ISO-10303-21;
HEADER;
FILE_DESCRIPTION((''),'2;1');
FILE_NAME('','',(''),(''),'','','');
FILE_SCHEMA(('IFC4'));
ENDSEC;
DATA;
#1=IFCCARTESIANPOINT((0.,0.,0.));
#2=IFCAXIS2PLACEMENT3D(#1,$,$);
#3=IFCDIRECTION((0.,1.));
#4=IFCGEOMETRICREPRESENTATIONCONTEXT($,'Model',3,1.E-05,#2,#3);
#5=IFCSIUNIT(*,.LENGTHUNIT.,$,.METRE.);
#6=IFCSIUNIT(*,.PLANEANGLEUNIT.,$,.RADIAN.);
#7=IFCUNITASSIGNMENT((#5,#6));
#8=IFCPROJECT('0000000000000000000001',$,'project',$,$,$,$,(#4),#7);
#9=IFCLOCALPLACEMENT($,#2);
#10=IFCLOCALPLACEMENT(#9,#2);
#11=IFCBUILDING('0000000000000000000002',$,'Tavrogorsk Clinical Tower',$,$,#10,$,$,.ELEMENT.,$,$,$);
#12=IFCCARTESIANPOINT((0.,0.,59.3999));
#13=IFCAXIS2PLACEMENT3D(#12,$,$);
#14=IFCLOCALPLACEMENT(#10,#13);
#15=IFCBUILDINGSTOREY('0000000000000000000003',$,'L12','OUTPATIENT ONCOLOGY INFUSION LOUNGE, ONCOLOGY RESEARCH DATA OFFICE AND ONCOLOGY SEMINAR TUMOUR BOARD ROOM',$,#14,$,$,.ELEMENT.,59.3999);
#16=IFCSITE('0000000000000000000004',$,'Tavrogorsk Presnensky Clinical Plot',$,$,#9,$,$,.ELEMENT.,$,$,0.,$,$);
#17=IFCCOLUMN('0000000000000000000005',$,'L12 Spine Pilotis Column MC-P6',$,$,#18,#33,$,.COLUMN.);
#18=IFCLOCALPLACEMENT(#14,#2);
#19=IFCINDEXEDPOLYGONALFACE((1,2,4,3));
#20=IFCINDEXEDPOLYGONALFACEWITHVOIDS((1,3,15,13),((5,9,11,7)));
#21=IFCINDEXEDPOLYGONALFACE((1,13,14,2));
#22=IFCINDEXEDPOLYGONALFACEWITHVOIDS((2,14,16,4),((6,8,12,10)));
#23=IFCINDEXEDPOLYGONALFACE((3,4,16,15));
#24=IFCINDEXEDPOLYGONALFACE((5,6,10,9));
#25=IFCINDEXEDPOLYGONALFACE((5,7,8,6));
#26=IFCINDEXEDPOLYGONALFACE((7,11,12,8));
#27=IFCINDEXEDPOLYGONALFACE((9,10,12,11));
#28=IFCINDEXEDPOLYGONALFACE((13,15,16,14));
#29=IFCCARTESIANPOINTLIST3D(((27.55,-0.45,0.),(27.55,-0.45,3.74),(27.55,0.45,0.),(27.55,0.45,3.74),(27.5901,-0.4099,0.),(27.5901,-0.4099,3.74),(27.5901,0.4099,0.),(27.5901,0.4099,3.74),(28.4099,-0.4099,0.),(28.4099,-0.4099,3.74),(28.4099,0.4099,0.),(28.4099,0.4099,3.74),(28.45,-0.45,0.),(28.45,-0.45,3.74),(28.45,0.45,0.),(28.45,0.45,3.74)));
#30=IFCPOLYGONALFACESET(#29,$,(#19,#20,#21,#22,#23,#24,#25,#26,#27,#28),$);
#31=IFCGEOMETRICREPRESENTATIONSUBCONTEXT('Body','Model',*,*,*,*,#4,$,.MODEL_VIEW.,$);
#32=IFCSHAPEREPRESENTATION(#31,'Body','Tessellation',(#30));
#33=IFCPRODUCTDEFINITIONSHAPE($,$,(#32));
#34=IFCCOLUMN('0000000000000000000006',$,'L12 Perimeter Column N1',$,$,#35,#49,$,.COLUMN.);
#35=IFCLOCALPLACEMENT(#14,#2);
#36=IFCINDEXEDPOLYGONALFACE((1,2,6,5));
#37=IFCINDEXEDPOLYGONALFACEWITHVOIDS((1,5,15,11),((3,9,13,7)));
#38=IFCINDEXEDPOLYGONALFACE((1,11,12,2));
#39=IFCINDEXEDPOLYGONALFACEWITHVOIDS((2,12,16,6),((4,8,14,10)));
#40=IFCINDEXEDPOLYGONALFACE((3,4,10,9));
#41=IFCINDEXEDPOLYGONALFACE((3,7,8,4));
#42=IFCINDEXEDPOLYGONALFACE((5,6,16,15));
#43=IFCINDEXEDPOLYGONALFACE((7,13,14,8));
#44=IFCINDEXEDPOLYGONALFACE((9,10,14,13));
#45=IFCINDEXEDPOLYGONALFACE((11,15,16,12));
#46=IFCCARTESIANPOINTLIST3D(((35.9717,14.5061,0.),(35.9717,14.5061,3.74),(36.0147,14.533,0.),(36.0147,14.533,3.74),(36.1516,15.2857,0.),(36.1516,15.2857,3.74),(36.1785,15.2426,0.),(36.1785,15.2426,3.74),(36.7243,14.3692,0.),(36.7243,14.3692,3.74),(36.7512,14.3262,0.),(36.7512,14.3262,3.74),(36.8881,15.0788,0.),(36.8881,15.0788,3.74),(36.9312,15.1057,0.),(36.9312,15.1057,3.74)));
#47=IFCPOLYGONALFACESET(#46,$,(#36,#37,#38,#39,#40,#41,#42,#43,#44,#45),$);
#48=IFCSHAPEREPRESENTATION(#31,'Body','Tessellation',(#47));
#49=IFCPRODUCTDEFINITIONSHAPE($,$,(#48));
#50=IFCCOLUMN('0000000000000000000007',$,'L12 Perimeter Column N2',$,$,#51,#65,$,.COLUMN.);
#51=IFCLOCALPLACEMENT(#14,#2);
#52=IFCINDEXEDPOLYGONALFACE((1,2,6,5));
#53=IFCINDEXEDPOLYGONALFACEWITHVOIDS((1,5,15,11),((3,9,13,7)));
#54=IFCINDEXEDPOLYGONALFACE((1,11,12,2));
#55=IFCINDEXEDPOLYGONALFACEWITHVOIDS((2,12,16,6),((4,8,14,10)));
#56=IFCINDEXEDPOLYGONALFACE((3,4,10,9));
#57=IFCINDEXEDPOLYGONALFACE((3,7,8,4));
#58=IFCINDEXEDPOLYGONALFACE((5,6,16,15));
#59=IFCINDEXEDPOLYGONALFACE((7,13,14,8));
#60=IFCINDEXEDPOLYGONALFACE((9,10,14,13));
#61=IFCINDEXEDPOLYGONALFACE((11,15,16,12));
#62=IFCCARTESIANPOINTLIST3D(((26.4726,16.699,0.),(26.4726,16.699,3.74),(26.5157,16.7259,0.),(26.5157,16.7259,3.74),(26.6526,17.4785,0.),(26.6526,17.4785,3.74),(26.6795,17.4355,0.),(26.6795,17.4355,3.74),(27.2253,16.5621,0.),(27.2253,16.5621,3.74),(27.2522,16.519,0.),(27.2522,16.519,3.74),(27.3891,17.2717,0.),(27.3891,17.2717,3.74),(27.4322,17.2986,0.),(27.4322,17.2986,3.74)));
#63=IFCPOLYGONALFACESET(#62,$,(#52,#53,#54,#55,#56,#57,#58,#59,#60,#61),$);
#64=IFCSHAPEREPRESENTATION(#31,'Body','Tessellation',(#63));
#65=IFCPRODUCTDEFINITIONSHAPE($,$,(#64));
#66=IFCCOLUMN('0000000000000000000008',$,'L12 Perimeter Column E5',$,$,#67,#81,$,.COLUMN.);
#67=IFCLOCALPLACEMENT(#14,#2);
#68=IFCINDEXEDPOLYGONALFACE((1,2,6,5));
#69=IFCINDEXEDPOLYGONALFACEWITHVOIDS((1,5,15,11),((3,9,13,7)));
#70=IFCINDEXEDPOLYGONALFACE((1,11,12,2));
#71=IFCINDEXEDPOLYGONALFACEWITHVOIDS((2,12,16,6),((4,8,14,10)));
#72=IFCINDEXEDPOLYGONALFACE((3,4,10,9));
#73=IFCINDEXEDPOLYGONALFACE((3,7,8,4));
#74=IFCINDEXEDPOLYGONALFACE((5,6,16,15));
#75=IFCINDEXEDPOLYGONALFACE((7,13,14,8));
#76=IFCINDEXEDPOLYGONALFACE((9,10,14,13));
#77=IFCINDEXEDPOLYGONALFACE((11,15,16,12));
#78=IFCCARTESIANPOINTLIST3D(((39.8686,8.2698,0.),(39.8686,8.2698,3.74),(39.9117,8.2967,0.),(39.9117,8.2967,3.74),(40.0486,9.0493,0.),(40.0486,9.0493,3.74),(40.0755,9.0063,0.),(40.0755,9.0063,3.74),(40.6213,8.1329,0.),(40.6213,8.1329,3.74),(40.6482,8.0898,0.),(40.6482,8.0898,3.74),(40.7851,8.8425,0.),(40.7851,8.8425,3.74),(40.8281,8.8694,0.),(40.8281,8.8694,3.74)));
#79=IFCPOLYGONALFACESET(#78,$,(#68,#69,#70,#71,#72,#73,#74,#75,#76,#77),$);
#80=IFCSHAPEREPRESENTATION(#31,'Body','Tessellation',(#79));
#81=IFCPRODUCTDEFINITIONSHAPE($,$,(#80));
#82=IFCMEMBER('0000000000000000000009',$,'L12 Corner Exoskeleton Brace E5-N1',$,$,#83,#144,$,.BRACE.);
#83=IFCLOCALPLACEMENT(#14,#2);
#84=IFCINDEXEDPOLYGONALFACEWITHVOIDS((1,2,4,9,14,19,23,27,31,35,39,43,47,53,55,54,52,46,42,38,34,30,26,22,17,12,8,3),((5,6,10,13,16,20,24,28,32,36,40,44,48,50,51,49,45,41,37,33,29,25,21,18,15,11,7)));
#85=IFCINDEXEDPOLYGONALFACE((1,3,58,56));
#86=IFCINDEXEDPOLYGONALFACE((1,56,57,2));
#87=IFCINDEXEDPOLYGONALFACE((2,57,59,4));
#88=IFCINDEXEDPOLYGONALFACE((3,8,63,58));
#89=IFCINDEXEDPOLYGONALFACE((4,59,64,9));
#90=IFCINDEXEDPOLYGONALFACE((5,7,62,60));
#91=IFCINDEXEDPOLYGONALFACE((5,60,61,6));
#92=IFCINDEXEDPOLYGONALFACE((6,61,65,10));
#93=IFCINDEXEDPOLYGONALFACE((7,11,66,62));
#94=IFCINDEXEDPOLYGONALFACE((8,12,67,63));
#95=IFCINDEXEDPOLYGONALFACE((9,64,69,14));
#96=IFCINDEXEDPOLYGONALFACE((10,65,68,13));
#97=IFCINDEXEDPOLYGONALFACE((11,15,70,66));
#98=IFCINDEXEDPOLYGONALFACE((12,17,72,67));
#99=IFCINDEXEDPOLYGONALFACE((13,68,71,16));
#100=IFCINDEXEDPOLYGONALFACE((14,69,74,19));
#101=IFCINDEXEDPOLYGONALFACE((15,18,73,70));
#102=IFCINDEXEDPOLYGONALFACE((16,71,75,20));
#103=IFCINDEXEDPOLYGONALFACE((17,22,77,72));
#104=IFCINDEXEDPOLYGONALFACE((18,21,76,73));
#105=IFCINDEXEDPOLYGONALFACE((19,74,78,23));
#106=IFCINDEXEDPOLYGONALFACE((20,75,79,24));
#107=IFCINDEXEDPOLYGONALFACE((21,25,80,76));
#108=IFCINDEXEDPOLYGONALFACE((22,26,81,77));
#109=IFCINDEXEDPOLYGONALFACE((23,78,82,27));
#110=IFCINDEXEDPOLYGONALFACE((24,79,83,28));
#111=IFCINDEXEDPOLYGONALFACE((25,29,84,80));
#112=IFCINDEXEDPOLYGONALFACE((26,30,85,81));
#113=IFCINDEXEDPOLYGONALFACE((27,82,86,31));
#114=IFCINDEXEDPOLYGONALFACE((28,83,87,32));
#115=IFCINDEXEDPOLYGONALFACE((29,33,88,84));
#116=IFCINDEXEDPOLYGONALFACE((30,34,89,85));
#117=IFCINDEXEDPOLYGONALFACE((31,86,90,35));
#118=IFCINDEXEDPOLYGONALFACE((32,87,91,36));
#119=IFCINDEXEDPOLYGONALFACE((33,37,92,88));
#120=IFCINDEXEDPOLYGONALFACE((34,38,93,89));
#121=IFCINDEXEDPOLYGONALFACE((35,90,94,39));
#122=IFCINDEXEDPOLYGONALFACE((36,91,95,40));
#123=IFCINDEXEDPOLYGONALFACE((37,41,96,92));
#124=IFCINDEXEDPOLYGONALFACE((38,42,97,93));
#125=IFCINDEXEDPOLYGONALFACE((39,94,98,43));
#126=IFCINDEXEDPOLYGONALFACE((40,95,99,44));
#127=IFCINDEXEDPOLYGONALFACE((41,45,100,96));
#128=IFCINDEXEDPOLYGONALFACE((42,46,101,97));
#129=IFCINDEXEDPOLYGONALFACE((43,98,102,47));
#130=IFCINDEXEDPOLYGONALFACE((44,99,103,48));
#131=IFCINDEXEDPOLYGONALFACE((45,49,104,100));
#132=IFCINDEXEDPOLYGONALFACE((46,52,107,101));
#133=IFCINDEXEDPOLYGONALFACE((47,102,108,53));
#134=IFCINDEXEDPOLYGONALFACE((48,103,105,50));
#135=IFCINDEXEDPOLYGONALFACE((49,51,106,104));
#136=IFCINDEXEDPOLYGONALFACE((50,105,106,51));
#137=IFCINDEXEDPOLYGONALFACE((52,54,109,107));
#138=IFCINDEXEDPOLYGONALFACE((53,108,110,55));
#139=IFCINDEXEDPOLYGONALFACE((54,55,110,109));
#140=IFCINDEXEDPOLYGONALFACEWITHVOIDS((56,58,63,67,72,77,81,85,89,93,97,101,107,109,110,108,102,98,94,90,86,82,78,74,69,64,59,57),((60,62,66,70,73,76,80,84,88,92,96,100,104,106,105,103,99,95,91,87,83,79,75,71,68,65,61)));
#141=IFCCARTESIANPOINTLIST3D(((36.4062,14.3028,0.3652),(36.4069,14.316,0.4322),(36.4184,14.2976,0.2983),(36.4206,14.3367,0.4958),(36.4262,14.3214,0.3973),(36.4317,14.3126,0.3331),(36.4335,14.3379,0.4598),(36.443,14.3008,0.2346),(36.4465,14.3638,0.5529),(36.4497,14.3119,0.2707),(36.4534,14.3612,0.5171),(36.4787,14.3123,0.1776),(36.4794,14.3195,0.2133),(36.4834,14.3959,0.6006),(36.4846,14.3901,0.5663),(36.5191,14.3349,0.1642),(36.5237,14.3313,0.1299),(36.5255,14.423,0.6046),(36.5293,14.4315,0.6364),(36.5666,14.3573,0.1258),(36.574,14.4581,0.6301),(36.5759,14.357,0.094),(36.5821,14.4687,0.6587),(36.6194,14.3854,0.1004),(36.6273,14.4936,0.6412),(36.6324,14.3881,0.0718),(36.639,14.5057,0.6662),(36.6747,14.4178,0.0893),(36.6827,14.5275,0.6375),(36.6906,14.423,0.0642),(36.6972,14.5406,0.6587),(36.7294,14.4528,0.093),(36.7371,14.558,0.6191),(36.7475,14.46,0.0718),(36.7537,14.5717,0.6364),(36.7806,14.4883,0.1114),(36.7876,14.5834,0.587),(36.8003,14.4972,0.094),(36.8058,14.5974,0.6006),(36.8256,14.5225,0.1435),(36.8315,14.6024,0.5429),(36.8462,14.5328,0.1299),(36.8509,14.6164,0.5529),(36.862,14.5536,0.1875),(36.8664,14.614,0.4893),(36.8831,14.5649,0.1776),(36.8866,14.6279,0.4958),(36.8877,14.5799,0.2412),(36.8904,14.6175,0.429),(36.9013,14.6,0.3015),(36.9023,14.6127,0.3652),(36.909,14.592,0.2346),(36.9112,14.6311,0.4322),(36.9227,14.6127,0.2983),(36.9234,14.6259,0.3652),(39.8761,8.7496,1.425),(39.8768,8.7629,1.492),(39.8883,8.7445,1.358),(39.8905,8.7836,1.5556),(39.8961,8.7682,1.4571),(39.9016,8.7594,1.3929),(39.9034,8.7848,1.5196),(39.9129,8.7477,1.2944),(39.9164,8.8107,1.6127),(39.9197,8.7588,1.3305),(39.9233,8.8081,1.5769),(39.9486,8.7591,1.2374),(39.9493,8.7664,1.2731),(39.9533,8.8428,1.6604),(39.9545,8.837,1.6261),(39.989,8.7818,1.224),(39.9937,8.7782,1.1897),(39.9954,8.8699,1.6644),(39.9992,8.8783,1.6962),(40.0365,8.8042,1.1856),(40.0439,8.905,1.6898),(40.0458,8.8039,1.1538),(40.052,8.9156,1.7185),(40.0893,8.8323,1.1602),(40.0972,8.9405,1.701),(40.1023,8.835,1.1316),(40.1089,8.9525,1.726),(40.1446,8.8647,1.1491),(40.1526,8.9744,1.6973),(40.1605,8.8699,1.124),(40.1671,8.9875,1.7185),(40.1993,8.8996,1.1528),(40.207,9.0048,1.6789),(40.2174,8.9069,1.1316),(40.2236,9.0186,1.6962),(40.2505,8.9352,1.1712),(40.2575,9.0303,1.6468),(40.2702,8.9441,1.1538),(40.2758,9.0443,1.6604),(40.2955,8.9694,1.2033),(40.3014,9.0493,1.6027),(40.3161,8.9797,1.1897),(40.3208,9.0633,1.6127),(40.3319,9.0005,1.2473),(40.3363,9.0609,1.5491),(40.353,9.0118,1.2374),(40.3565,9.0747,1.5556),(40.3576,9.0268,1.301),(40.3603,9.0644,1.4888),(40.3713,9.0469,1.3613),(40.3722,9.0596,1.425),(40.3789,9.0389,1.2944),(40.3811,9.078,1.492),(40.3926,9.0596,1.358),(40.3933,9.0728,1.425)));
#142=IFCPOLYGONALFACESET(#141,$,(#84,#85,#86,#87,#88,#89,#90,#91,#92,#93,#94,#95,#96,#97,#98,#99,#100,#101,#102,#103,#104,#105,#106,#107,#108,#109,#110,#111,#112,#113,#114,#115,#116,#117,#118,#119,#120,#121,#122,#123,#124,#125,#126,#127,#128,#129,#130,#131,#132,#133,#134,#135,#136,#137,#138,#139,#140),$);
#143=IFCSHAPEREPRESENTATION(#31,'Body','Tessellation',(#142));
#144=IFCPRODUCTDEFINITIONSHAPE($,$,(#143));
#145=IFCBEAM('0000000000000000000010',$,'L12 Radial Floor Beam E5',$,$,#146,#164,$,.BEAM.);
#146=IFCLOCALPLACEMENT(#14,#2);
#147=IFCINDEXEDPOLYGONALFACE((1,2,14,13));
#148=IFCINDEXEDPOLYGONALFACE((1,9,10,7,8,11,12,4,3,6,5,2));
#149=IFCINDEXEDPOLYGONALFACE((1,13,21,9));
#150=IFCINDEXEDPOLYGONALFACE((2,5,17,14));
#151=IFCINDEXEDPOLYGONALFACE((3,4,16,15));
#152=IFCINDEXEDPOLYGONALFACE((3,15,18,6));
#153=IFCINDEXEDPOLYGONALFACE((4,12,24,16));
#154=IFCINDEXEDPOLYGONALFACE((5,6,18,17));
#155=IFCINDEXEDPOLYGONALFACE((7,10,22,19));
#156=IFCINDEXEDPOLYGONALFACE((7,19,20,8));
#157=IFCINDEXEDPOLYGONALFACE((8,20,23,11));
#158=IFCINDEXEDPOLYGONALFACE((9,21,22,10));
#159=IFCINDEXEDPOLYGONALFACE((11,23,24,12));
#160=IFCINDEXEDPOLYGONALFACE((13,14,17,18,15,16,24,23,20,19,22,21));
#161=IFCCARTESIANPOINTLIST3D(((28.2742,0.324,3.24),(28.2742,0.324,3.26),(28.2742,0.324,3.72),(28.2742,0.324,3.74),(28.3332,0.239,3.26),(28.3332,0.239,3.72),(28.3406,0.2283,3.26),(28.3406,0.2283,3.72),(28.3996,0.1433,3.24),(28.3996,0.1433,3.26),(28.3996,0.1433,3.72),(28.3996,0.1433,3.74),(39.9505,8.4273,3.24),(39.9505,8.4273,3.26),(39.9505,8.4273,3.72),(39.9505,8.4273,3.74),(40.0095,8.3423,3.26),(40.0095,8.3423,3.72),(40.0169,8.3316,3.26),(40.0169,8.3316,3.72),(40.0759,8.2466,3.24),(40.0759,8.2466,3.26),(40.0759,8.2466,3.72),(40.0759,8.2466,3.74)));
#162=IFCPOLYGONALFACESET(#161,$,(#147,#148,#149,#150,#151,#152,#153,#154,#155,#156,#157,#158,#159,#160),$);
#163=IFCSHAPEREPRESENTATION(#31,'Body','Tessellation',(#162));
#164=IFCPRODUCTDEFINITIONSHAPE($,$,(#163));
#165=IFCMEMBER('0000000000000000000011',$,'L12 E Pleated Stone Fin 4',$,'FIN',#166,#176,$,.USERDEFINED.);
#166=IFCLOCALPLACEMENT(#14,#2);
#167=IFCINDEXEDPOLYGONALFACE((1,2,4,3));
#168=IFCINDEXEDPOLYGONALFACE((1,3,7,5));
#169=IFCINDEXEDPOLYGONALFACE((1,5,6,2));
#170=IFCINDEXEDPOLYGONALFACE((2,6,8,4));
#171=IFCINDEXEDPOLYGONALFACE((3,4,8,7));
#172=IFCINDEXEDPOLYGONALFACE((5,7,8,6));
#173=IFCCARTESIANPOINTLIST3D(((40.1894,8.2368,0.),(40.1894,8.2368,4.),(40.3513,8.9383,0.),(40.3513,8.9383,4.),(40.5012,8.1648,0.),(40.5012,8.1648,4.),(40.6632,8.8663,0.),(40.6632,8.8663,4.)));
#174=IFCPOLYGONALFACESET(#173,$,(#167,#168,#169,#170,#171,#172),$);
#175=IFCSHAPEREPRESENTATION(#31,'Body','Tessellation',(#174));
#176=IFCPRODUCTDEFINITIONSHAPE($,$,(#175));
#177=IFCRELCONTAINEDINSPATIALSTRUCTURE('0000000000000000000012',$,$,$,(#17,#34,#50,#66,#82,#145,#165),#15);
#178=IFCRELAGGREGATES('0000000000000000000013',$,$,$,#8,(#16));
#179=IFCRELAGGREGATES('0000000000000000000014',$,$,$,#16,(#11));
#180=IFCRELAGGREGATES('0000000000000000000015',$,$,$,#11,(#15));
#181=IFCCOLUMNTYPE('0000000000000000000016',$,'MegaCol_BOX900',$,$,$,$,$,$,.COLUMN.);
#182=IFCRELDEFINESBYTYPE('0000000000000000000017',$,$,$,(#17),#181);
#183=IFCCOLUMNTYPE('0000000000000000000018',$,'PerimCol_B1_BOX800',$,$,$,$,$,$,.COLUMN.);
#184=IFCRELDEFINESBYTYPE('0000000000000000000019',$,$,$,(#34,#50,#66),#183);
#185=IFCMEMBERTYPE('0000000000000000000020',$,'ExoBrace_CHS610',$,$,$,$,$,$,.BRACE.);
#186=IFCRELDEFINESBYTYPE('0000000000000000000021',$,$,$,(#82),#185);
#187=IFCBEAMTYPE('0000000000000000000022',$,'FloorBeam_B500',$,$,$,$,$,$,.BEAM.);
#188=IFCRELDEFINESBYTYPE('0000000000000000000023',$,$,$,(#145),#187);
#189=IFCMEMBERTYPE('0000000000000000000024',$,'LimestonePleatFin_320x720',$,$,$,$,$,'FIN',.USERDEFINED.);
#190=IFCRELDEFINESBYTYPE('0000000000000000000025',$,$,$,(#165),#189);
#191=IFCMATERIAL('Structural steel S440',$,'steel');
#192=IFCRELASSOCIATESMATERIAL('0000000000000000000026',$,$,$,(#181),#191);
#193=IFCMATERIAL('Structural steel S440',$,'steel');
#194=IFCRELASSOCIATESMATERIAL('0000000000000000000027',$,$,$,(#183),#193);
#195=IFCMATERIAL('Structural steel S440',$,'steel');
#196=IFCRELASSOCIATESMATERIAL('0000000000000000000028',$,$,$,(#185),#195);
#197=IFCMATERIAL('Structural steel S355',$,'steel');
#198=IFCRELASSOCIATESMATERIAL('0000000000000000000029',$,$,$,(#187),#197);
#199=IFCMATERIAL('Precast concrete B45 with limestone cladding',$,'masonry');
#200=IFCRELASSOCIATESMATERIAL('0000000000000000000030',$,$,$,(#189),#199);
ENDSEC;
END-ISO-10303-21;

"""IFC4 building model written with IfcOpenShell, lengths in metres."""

from ifc_helpers import new_model, si_unit, direction, frame, origin, origin_2d, place, context, subcontext, project, spatial, rectangle, hollow_rectangle, hollow_circle, i_section, extrude, material, material_profile, profile_set, type_object, element, save


model = new_model("IFC4")

# Units and contexts
model_context = context("Model", 3, precision=1e-05, world=origin(), true_north=direction((0.0, 1.0)))
body_context = subcontext(model_context, "Body", "Model", "MODEL_VIEW")
ifc_project = project(units=[si_unit("LENGTHUNIT", "METRE"), si_unit("PLANEANGLEUNIT", "RADIAN")], contexts=[model_context])

# Site, building, storey
site_placement = place(None, origin())
site = spatial("IfcSite", under=ifc_project, at=site_placement, Name="Tavrogorsk Presnensky Clinical Plot", CompositionType="ELEMENT", RefElevation=0.0)
building_placement = place(site_placement, origin())
building = spatial("IfcBuilding", under=site, at=building_placement, Name="Tavrogorsk Clinical Tower", CompositionType="ELEMENT")
storey_placement = place(building_placement, frame((0.0, 0.0, 59.3999)))
storey = spatial("IfcBuildingStorey", under=building, at=storey_placement, Name="L12", Description="OUTPATIENT ONCOLOGY INFUSION LOUNGE, ONCOLOGY RESEARCH DATA OFFICE AND ONCOLOGY SEMINAR TUMOUR BOARD ROOM", CompositionType="ELEMENT", Elevation=59.3999)

# Columns
ifc_material_1 = material(Name="Structural steel S440", Category="steel")
ifc_material_profile_1 = material_profile(ifc_material_1, hollow_rectangle(XDim=0.8999, YDim=0.8999, WallThickness=0.04, at=origin_2d()), Name="BOX-900x900x40")
ifc_profile_set_1 = profile_set([ifc_material_profile_1], Name="Structural steel S440")
column_type_1 = type_object("IfcColumnType", Name="MegaCol_BOX900", PredefinedType="COLUMN", material=ifc_profile_set_1)
column_placement = place(storey_placement, frame((28.0, 0.0, 0.0), z_axis=(0.0, 0.0, 1.0), x_axis=(1.0, 0.0, 0.0)))
element("IfcColumn", 1, at=column_placement, inside=storey, type_object=column_type_1, Name="L12 Spine Pilotis Column MC-P6", PredefinedType="COLUMN", context=body_context, shape_type="SweptSolid", body=[
    extrude(hollow_rectangle(XDim=0.8999, YDim=0.8999, WallThickness=0.04, at=origin_2d()), origin(), (0.0, 0.0, 1.0), 3.74),
])
ifc_material_2 = material(Name="Structural steel S440", Category="steel")
ifc_material_profile_2 = material_profile(ifc_material_2, hollow_rectangle(XDim=0.8, YDim=0.8, WallThickness=0.0359, at=origin_2d()), Name="BOX-800x800x36")
ifc_profile_set_2 = profile_set([ifc_material_profile_2], Name="Structural steel S440")
column_type_2 = type_object("IfcColumnType", Name="PerimCol_B1_BOX800", PredefinedType="COLUMN", material=ifc_profile_set_2)
for number, where, z_axis, x_axis, name in (
    (2, (36.4514, 14.8059, 0.0), (0.0, 0.0, 1.0), (0.97437, -0.224951, 0.0), "L12 Perimeter Column N1"),
    (3, (26.9524, 16.9988, 0.0), (0.0, 0.0, 1.0), (0.97437, -0.224951, 0.0), "L12 Perimeter Column N2"),
    (4, (40.3484, 8.5696, 0.0), (0.0, 0.0, 1.0), (0.97437, -0.224951, 0.0), "L12 Perimeter Column E5"),
):
    element("IfcColumn", number, at=place(storey_placement, frame(where, z_axis=z_axis, x_axis=x_axis)), inside=storey, type_object=column_type_2, Name=name, PredefinedType="COLUMN", context=body_context, shape_type="SweptSolid", body=[
        extrude(hollow_rectangle(XDim=0.8, YDim=0.8, WallThickness=0.0359, at=origin_2d()), origin(), (0.0, 0.0, 1.0), 3.74),
    ])

# Member
ifc_material_3 = material(Name="Structural steel S440", Category="steel")
ifc_material_profile_3 = material_profile(ifc_material_3, hollow_circle(Radius=0.3049, WallThickness=0.0249, at=origin_2d()), Name="CHS-610x25")
ifc_profile_set_3 = profile_set([ifc_material_profile_3], Name="Structural steel S440")
member_type_1 = type_object("IfcMemberType", Name="ExoBrace_CHS610", PredefinedType="BRACE", material=ifc_profile_set_3)
member_1_placement = place(storey_placement, frame((36.6648, 14.4644, 0.3652), z_axis=(0.523105, -0.837159, 0.159769), x_axis=(0.848053, 0.529912, 0.0)))
element("IfcMember", 5, at=member_1_placement, inside=storey, type_object=member_type_1, Name="L12 Corner Exoskeleton Brace E5-N1", PredefinedType="BRACE", context=body_context, shape_type="SweptSolid", body=[
    extrude(hollow_circle(Radius=0.3049, WallThickness=0.0249, at=origin_2d()), origin(), (0.0, 0.0, 1.0), 6.6333),
])

# Beam
ifc_material_4 = material(Name="Structural steel S355", Category="steel")
ifc_material_profile_4 = material_profile(ifc_material_4, i_section(OverallWidth=0.22, OverallDepth=0.5, WebThickness=0.0129, FlangeThickness=0.02, at=origin_2d()), Name="B-500x220x13x20")
ifc_profile_set_4 = profile_set([ifc_material_profile_4], Name="Structural steel S355")
beam_type_1 = type_object("IfcBeamType", Name="FloorBeam_B500", PredefinedType="BEAM", material=ifc_profile_set_4)
beam_1_placement = place(storey_placement, frame((28.3369, 0.2336, 3.49), z_axis=(0.821543, 0.570147, 0.0), x_axis=(-0.570147, 0.821543, 0.0)))
element("IfcBeam", 6, at=beam_1_placement, inside=storey, type_object=beam_type_1, Name="L12 Radial Floor Beam E5", PredefinedType="BEAM", context=body_context, shape_type="SweptSolid", body=[
    extrude(i_section(OverallWidth=0.22, OverallDepth=0.5, WebThickness=0.0129, FlangeThickness=0.02, at=origin_2d()), origin(), (0.0, 0.0, 1.0), 14.2126),
])

# Member
ifc_material_5 = material(Name="Precast concrete B45 with limestone cladding", Category="masonry")
ifc_material_profile_5 = material_profile(ifc_material_5, rectangle(XDim=0.3201, YDim=0.72, at=origin_2d()), Name="LIMESTONE-FIN-320x720")
ifc_profile_set_5 = profile_set([ifc_material_profile_5], Name="Precast concrete B45 with limestone cladding")
member_type_2 = type_object("IfcMemberType", Name="LimestonePleatFin_320x720", ElementType="FIN", PredefinedType="USERDEFINED", material=ifc_profile_set_5)
member_2_placement = place(storey_placement, frame((40.4263, 8.5515, 0.0), z_axis=(0.0, 0.0, 1.0), x_axis=(0.97437, -0.224951, 0.0)))
element("IfcMember", 7, at=member_2_placement, inside=storey, type_object=member_type_2, Name="L12 E Pleated Stone Fin 4", ObjectType="FIN", PredefinedType="USERDEFINED", context=body_context, shape_type="SweptSolid", body=[
    extrude(rectangle(XDim=0.3201, YDim=0.72, at=origin_2d()), origin(), (0.0, 0.0, 1.0), 4.0),
])

save(model, "model.ifc")
